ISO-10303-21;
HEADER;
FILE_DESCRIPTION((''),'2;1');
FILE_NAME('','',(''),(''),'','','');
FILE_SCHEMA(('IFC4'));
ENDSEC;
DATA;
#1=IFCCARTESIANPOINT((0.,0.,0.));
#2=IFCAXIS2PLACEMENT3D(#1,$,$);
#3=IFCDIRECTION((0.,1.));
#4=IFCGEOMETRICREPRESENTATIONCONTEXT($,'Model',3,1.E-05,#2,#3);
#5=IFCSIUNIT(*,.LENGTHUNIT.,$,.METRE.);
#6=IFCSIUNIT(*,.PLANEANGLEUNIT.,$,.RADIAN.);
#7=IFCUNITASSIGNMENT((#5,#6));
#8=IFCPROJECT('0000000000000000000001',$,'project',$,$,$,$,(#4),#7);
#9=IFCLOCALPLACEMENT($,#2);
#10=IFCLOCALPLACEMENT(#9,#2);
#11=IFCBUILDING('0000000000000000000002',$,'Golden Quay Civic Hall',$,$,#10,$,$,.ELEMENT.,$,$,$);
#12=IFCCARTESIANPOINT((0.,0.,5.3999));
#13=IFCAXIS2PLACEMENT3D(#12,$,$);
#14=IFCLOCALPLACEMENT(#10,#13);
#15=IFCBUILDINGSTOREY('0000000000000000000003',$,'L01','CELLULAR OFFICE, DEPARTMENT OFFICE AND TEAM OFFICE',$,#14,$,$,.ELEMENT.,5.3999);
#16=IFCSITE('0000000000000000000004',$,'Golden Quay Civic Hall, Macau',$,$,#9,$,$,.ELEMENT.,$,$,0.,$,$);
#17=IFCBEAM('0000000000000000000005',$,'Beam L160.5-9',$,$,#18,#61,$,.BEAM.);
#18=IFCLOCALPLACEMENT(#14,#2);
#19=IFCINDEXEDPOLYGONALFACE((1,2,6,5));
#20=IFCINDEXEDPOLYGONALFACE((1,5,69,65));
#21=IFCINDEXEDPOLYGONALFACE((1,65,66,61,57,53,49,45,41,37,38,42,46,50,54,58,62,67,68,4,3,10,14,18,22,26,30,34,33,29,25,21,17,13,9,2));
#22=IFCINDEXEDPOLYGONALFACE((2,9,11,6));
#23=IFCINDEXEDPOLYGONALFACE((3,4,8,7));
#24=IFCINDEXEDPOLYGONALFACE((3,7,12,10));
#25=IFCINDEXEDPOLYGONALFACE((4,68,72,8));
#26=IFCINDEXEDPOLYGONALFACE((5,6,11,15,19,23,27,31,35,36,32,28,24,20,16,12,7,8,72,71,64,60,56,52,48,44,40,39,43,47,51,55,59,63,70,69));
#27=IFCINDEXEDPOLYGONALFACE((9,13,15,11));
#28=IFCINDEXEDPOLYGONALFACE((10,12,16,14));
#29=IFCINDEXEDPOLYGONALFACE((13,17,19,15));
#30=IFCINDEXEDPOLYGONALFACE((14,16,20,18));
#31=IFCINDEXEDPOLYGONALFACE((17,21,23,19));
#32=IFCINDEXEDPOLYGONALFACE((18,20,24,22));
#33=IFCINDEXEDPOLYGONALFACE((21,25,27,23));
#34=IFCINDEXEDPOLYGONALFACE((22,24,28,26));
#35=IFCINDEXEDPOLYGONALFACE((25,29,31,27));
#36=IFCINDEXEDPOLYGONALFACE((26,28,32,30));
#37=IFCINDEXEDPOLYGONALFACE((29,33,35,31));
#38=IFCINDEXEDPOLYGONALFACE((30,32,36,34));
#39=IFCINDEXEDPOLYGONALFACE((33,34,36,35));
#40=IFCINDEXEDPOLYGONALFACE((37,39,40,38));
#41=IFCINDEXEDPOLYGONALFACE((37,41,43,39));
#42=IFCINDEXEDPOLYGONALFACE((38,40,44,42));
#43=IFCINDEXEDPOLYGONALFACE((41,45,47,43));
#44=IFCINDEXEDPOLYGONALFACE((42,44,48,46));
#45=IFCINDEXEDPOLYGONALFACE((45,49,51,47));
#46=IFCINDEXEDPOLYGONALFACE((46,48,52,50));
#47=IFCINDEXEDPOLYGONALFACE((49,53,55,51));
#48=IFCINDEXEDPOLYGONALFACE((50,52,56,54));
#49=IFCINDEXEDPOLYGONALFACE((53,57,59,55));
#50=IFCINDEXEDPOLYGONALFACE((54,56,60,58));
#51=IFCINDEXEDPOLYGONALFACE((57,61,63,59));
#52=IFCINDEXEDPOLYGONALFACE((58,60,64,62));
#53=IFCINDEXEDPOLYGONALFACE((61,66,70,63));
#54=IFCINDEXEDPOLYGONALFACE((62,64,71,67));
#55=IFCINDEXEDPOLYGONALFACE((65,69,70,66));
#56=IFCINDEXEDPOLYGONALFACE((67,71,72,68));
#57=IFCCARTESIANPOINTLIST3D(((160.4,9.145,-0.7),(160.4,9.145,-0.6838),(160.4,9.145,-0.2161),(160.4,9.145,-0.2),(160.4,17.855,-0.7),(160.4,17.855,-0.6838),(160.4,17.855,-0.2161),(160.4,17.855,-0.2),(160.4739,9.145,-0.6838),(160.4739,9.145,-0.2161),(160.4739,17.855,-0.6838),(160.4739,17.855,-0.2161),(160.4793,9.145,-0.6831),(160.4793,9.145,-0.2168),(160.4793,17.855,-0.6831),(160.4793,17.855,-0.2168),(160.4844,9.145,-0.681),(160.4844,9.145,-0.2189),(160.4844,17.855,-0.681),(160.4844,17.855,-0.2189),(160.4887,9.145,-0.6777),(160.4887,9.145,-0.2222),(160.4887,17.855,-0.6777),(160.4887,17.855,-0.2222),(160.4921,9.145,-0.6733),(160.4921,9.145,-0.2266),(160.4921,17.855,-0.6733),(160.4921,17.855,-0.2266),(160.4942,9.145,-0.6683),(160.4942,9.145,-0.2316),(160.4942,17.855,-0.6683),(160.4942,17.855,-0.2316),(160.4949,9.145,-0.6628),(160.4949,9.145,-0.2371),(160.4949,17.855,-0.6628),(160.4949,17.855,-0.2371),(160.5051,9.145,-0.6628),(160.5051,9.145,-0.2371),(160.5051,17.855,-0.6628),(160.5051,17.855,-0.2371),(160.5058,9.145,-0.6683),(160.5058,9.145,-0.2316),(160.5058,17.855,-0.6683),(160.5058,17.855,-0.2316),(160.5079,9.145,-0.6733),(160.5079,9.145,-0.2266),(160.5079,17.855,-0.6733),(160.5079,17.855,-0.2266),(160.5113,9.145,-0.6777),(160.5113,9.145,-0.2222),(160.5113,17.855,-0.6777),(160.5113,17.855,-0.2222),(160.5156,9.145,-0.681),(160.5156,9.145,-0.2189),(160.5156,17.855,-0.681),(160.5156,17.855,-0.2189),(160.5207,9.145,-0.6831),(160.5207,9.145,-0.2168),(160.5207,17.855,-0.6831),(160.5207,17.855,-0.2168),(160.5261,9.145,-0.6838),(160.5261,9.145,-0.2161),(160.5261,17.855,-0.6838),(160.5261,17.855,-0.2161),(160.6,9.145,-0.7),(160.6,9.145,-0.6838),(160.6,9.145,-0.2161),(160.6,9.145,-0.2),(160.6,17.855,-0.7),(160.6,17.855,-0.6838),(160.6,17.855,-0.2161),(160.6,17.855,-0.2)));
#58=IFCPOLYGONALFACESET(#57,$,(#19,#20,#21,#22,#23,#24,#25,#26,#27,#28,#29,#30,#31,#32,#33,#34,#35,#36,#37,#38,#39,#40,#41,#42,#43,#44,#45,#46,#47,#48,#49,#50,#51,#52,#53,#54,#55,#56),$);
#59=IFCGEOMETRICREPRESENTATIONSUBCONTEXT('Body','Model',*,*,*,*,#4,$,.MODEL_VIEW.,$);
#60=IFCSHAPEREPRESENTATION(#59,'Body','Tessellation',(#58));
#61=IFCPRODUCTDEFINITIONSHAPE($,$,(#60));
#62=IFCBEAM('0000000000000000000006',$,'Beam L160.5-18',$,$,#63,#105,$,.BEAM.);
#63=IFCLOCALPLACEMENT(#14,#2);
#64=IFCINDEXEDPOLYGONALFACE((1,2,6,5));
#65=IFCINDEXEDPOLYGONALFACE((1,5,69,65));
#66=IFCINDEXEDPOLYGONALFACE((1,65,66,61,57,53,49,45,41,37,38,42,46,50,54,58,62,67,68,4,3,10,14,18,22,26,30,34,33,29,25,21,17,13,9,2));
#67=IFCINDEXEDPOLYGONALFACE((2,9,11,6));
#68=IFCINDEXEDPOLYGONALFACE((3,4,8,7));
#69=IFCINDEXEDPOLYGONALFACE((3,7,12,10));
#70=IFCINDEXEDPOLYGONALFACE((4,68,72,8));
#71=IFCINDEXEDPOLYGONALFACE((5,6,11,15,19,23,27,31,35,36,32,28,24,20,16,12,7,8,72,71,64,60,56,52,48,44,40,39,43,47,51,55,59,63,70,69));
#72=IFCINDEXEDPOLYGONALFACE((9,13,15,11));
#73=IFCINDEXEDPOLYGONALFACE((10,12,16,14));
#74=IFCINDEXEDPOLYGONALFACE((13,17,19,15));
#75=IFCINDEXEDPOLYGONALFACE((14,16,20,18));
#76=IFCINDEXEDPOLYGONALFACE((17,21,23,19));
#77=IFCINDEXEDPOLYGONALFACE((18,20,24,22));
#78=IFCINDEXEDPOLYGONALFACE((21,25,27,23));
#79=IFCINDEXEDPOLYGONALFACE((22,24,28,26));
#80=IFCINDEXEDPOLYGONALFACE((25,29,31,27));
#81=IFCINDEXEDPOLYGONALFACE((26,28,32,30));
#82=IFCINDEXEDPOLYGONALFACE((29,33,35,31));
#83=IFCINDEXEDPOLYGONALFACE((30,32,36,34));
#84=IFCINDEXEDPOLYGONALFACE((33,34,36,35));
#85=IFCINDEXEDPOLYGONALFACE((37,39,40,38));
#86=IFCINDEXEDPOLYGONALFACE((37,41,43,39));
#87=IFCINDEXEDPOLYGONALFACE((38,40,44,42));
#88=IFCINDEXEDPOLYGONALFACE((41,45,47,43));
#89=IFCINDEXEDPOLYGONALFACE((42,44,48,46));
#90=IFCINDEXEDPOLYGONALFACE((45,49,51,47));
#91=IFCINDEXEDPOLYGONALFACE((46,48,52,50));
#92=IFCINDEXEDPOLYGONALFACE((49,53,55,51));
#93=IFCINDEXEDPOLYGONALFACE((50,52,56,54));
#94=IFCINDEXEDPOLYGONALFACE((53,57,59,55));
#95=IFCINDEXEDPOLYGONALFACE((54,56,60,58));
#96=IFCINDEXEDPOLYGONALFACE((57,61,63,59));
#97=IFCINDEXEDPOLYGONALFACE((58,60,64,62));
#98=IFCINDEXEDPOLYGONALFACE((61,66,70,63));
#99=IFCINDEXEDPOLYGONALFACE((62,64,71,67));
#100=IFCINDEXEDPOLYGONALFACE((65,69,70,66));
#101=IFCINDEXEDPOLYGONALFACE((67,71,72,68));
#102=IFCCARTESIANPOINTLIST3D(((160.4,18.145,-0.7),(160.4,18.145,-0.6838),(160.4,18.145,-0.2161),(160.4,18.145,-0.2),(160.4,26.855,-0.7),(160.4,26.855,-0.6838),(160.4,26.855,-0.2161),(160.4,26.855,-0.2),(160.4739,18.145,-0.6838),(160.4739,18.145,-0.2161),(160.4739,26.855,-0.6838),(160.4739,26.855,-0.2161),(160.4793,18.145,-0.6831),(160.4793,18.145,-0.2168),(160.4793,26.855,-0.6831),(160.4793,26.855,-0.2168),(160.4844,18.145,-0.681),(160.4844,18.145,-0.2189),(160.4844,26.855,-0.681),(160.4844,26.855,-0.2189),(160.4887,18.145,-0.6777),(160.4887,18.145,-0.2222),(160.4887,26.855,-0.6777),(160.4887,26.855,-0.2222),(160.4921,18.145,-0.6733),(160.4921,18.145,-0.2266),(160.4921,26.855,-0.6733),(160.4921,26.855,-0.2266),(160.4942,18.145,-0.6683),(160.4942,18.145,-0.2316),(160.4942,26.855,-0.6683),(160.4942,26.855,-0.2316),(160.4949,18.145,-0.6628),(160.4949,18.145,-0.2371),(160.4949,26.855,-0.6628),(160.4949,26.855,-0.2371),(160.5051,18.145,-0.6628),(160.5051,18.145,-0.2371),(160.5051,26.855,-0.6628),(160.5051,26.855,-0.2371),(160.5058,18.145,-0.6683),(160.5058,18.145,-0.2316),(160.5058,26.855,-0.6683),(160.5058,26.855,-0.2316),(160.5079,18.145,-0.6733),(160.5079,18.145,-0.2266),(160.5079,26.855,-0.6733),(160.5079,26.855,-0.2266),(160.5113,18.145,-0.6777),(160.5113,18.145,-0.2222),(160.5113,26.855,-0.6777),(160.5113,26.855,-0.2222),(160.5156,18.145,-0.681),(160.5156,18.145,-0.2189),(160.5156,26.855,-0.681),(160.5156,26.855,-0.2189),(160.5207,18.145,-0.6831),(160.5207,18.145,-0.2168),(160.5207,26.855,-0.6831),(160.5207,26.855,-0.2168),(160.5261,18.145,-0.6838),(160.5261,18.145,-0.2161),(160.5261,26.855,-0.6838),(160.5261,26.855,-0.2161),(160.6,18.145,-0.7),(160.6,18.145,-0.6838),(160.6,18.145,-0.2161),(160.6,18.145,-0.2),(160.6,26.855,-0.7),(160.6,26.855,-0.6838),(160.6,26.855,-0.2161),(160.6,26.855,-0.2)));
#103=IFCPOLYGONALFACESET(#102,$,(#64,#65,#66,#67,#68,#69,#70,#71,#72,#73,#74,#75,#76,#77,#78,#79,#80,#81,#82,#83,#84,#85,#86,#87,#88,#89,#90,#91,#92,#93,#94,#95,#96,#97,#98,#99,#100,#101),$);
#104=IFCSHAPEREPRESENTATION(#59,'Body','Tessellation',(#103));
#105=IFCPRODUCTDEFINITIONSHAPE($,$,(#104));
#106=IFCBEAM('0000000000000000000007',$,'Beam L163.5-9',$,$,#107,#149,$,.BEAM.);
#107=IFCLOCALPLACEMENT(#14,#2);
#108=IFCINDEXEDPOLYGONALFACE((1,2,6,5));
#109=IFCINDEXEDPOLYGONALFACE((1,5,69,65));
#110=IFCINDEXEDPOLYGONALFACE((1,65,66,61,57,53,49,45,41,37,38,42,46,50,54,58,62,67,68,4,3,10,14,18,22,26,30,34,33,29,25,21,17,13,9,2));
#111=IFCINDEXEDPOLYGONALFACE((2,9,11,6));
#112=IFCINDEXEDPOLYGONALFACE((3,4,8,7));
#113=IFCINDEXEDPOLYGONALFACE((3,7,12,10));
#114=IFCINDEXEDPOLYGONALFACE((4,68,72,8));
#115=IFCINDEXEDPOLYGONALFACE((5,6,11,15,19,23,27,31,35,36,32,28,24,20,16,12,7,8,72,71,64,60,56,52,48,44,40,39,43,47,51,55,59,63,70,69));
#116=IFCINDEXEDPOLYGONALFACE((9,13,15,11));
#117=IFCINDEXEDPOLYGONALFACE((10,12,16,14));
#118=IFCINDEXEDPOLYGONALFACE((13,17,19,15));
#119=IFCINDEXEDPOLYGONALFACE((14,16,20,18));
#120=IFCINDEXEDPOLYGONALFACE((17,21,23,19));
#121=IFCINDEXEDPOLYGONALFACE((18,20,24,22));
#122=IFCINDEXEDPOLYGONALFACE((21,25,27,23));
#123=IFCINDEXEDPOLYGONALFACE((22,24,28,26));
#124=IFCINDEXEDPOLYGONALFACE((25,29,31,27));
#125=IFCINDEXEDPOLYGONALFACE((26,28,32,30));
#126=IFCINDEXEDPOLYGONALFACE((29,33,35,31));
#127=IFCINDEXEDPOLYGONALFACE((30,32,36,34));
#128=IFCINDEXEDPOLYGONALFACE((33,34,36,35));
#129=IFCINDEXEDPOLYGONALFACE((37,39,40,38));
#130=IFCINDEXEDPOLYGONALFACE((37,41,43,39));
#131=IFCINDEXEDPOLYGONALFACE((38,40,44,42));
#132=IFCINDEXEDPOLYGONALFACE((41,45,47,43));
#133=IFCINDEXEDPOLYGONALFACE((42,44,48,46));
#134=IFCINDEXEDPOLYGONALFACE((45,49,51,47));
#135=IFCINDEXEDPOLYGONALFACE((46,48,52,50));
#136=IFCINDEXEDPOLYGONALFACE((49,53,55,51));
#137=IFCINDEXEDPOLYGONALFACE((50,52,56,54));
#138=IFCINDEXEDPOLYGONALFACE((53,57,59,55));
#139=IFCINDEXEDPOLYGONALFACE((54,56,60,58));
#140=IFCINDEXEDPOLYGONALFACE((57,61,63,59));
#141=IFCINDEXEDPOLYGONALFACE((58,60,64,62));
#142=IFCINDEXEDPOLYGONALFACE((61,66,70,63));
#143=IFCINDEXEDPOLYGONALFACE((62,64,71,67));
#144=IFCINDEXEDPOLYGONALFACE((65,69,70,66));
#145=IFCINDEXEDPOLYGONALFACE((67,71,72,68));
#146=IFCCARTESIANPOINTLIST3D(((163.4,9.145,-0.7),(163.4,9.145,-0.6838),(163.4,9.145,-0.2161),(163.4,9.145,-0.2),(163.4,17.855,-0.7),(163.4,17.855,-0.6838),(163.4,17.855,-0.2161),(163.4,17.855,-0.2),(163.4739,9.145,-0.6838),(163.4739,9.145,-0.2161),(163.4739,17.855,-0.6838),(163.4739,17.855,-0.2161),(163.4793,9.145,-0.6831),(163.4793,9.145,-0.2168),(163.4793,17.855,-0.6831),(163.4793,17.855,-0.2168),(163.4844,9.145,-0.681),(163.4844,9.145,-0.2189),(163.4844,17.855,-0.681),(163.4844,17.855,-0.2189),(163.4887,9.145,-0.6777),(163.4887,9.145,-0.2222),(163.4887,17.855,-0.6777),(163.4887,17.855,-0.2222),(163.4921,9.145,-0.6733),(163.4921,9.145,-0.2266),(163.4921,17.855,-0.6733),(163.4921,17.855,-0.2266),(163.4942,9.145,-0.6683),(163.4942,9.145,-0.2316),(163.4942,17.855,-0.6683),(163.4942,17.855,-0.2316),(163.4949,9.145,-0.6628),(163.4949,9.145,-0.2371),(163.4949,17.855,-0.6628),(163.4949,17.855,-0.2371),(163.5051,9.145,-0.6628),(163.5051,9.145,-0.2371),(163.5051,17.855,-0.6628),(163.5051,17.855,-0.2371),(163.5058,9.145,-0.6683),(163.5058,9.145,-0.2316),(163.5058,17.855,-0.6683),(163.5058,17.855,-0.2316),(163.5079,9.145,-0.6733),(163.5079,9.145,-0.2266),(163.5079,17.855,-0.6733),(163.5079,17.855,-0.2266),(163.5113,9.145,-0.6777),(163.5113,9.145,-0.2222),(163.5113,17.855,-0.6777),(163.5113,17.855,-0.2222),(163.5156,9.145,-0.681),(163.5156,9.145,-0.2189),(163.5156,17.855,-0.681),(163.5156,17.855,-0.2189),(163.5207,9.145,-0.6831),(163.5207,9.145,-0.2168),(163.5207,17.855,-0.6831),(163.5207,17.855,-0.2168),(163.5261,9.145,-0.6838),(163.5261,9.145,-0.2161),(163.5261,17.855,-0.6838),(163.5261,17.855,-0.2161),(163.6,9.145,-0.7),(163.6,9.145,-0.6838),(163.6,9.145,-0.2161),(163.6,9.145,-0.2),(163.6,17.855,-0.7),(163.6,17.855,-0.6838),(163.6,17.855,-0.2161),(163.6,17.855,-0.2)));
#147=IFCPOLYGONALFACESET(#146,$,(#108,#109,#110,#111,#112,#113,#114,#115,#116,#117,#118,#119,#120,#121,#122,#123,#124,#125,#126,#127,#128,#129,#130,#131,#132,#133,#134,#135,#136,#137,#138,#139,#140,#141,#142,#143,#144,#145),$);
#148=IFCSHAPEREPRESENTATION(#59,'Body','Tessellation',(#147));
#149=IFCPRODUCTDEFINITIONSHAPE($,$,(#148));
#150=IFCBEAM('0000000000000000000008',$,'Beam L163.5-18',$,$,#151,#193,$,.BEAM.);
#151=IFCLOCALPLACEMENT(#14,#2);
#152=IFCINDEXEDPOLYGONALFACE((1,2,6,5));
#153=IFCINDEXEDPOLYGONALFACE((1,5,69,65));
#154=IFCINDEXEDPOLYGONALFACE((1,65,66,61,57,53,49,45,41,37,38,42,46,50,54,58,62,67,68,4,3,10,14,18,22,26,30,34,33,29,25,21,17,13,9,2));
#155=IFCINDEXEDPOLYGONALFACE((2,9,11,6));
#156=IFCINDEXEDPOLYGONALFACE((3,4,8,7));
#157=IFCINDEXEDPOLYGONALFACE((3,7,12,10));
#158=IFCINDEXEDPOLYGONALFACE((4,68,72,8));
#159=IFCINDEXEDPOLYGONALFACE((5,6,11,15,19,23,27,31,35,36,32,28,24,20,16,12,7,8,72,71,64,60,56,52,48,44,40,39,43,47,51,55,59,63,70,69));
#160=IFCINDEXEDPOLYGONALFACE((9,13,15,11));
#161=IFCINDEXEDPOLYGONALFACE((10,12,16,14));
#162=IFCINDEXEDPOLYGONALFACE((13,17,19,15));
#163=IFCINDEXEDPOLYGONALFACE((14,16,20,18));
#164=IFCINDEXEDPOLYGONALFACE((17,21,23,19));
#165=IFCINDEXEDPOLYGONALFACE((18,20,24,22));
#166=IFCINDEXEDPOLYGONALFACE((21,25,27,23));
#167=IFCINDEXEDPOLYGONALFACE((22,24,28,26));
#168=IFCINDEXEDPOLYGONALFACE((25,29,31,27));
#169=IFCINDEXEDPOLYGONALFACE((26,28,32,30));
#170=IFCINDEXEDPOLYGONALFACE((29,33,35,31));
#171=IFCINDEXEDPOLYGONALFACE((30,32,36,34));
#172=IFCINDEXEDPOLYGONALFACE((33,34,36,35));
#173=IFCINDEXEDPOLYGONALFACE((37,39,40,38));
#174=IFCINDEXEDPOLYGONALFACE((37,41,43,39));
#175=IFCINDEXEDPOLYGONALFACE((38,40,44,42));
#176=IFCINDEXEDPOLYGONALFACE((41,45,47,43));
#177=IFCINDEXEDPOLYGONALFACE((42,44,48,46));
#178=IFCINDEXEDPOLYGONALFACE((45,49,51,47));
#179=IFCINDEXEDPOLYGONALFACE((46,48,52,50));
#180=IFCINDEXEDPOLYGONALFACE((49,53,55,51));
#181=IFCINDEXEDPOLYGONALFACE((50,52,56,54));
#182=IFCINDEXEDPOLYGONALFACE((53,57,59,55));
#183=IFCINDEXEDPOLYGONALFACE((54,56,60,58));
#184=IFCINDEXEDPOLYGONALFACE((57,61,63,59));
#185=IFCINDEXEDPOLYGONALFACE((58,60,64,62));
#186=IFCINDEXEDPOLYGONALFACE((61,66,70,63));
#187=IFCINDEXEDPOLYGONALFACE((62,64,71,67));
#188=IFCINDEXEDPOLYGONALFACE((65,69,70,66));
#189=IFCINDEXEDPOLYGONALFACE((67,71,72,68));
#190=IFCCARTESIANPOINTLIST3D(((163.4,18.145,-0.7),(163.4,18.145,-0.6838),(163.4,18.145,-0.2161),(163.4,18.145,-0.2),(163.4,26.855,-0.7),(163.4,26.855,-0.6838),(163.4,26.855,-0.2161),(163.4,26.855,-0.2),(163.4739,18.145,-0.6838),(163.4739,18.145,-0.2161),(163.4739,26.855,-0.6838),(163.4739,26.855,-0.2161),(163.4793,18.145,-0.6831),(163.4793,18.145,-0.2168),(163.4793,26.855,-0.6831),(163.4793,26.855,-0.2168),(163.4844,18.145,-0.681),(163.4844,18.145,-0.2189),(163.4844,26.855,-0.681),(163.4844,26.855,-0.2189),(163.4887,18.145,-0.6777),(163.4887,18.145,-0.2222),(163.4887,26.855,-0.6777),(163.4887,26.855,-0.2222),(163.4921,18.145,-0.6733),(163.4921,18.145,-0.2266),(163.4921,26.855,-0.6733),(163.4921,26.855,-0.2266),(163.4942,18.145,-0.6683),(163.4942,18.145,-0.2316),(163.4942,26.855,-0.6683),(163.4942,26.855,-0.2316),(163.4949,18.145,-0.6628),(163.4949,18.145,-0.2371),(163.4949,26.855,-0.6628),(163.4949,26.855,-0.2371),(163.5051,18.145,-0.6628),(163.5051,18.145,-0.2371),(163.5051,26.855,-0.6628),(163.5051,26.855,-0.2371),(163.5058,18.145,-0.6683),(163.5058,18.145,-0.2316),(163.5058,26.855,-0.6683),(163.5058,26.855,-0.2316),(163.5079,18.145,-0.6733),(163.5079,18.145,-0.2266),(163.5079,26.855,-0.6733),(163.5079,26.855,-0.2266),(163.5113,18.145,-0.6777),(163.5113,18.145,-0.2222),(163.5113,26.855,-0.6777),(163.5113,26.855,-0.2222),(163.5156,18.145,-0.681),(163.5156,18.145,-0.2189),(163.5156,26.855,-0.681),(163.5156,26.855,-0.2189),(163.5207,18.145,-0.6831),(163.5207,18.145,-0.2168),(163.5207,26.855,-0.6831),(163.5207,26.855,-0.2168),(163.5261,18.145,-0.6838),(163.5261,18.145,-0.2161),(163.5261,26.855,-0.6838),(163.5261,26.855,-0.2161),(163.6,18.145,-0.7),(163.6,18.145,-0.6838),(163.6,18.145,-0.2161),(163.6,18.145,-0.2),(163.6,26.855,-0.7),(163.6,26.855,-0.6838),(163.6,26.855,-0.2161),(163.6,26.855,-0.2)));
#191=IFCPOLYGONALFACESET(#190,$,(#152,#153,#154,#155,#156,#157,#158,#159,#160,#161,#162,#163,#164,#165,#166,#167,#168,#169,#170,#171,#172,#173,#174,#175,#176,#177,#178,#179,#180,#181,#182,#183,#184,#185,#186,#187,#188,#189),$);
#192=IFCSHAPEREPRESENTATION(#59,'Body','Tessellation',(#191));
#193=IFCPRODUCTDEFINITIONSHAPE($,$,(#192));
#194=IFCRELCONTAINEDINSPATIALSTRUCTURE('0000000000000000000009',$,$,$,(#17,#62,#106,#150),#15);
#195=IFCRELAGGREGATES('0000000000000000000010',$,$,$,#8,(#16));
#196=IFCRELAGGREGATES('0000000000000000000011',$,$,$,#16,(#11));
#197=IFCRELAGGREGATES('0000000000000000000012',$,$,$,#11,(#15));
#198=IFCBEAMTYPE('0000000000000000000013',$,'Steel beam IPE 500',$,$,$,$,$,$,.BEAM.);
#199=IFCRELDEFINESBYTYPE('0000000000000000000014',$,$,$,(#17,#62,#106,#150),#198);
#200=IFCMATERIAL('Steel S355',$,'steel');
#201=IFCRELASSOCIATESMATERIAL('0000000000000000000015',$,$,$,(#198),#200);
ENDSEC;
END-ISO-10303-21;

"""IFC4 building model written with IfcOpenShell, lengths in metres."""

from ifc_helpers import new_model, si_unit, direction, frame, origin, origin_2d, place, context, subcontext, project, spatial, i_section, extrude, material, material_profile, profile_set, type_object, element, save


model = new_model("IFC4")

# Units and contexts
model_context = context("Model", 3, precision=1e-05, world=origin(), true_north=direction((0.0, 1.0)))
body_context = subcontext(model_context, "Body", "Model", "MODEL_VIEW")
ifc_project = project(units=[si_unit("LENGTHUNIT", "METRE"), si_unit("PLANEANGLEUNIT", "RADIAN")], contexts=[model_context])

# Site, building, storey
site_placement = place(None, origin())
site = spatial("IfcSite", under=ifc_project, at=site_placement, Name="Golden Quay Civic Hall, Macau", CompositionType="ELEMENT", RefElevation=0.0)
building_placement = place(site_placement, origin())
building = spatial("IfcBuilding", under=site, at=building_placement, Name="Golden Quay Civic Hall", CompositionType="ELEMENT")
storey_placement = place(building_placement, frame((0.0, 0.0, 5.3999)))
storey = spatial("IfcBuildingStorey", under=building, at=storey_placement, Name="L01", Description="CELLULAR OFFICE, DEPARTMENT OFFICE AND TEAM OFFICE", CompositionType="ELEMENT", Elevation=5.3999)

# Beams
ifc_material_1 = material(Name="Steel S355", Category="steel")
ifc_material_profile_1 = material_profile(ifc_material_1, i_section(OverallWidth=0.2, OverallDepth=0.5, WebThickness=0.0103, FlangeThickness=0.0161, FilletRadius=0.021, at=origin_2d()), Name="IPE 500")
ifc_profile_set_1 = profile_set([ifc_material_profile_1], Name="Steel S355")
beam_type_1 = type_object("IfcBeamType", Name="Steel beam IPE 500", PredefinedType="BEAM", material=ifc_profile_set_1)
for number, where, z_axis, x_axis, name in (
    (1, (160.5, 9.145, -0.45), (0.0, 1.0, 0.0), (-1.0, 0.0, 0.0), "Beam L160.5-9"),
    (2, (160.5, 18.145, -0.45), (0.0, 1.0, 0.0), (-1.0, 0.0, 0.0), "Beam L160.5-18"),
    (3, (163.5, 9.145, -0.45), (0.0, 1.0, 0.0), (-1.0, 0.0, 0.0), "Beam L163.5-9"),
    (4, (163.5, 18.145, -0.45), (0.0, 1.0, 0.0), (-1.0, 0.0, 0.0), "Beam L163.5-18"),
):
    element("IfcBeam", number, at=place(storey_placement, frame(where, z_axis=z_axis, x_axis=x_axis)), inside=storey, type_object=beam_type_1, Name=name, PredefinedType="BEAM", context=body_context, shape_type="SweptSolid", body=[
        extrude(i_section(OverallWidth=0.2, OverallDepth=0.5, WebThickness=0.0103, FlangeThickness=0.0161, FilletRadius=0.021, at=origin_2d()), origin(), (0.0, 0.0, 1.0), 8.71),
    ])

save(model, "model.ifc")
